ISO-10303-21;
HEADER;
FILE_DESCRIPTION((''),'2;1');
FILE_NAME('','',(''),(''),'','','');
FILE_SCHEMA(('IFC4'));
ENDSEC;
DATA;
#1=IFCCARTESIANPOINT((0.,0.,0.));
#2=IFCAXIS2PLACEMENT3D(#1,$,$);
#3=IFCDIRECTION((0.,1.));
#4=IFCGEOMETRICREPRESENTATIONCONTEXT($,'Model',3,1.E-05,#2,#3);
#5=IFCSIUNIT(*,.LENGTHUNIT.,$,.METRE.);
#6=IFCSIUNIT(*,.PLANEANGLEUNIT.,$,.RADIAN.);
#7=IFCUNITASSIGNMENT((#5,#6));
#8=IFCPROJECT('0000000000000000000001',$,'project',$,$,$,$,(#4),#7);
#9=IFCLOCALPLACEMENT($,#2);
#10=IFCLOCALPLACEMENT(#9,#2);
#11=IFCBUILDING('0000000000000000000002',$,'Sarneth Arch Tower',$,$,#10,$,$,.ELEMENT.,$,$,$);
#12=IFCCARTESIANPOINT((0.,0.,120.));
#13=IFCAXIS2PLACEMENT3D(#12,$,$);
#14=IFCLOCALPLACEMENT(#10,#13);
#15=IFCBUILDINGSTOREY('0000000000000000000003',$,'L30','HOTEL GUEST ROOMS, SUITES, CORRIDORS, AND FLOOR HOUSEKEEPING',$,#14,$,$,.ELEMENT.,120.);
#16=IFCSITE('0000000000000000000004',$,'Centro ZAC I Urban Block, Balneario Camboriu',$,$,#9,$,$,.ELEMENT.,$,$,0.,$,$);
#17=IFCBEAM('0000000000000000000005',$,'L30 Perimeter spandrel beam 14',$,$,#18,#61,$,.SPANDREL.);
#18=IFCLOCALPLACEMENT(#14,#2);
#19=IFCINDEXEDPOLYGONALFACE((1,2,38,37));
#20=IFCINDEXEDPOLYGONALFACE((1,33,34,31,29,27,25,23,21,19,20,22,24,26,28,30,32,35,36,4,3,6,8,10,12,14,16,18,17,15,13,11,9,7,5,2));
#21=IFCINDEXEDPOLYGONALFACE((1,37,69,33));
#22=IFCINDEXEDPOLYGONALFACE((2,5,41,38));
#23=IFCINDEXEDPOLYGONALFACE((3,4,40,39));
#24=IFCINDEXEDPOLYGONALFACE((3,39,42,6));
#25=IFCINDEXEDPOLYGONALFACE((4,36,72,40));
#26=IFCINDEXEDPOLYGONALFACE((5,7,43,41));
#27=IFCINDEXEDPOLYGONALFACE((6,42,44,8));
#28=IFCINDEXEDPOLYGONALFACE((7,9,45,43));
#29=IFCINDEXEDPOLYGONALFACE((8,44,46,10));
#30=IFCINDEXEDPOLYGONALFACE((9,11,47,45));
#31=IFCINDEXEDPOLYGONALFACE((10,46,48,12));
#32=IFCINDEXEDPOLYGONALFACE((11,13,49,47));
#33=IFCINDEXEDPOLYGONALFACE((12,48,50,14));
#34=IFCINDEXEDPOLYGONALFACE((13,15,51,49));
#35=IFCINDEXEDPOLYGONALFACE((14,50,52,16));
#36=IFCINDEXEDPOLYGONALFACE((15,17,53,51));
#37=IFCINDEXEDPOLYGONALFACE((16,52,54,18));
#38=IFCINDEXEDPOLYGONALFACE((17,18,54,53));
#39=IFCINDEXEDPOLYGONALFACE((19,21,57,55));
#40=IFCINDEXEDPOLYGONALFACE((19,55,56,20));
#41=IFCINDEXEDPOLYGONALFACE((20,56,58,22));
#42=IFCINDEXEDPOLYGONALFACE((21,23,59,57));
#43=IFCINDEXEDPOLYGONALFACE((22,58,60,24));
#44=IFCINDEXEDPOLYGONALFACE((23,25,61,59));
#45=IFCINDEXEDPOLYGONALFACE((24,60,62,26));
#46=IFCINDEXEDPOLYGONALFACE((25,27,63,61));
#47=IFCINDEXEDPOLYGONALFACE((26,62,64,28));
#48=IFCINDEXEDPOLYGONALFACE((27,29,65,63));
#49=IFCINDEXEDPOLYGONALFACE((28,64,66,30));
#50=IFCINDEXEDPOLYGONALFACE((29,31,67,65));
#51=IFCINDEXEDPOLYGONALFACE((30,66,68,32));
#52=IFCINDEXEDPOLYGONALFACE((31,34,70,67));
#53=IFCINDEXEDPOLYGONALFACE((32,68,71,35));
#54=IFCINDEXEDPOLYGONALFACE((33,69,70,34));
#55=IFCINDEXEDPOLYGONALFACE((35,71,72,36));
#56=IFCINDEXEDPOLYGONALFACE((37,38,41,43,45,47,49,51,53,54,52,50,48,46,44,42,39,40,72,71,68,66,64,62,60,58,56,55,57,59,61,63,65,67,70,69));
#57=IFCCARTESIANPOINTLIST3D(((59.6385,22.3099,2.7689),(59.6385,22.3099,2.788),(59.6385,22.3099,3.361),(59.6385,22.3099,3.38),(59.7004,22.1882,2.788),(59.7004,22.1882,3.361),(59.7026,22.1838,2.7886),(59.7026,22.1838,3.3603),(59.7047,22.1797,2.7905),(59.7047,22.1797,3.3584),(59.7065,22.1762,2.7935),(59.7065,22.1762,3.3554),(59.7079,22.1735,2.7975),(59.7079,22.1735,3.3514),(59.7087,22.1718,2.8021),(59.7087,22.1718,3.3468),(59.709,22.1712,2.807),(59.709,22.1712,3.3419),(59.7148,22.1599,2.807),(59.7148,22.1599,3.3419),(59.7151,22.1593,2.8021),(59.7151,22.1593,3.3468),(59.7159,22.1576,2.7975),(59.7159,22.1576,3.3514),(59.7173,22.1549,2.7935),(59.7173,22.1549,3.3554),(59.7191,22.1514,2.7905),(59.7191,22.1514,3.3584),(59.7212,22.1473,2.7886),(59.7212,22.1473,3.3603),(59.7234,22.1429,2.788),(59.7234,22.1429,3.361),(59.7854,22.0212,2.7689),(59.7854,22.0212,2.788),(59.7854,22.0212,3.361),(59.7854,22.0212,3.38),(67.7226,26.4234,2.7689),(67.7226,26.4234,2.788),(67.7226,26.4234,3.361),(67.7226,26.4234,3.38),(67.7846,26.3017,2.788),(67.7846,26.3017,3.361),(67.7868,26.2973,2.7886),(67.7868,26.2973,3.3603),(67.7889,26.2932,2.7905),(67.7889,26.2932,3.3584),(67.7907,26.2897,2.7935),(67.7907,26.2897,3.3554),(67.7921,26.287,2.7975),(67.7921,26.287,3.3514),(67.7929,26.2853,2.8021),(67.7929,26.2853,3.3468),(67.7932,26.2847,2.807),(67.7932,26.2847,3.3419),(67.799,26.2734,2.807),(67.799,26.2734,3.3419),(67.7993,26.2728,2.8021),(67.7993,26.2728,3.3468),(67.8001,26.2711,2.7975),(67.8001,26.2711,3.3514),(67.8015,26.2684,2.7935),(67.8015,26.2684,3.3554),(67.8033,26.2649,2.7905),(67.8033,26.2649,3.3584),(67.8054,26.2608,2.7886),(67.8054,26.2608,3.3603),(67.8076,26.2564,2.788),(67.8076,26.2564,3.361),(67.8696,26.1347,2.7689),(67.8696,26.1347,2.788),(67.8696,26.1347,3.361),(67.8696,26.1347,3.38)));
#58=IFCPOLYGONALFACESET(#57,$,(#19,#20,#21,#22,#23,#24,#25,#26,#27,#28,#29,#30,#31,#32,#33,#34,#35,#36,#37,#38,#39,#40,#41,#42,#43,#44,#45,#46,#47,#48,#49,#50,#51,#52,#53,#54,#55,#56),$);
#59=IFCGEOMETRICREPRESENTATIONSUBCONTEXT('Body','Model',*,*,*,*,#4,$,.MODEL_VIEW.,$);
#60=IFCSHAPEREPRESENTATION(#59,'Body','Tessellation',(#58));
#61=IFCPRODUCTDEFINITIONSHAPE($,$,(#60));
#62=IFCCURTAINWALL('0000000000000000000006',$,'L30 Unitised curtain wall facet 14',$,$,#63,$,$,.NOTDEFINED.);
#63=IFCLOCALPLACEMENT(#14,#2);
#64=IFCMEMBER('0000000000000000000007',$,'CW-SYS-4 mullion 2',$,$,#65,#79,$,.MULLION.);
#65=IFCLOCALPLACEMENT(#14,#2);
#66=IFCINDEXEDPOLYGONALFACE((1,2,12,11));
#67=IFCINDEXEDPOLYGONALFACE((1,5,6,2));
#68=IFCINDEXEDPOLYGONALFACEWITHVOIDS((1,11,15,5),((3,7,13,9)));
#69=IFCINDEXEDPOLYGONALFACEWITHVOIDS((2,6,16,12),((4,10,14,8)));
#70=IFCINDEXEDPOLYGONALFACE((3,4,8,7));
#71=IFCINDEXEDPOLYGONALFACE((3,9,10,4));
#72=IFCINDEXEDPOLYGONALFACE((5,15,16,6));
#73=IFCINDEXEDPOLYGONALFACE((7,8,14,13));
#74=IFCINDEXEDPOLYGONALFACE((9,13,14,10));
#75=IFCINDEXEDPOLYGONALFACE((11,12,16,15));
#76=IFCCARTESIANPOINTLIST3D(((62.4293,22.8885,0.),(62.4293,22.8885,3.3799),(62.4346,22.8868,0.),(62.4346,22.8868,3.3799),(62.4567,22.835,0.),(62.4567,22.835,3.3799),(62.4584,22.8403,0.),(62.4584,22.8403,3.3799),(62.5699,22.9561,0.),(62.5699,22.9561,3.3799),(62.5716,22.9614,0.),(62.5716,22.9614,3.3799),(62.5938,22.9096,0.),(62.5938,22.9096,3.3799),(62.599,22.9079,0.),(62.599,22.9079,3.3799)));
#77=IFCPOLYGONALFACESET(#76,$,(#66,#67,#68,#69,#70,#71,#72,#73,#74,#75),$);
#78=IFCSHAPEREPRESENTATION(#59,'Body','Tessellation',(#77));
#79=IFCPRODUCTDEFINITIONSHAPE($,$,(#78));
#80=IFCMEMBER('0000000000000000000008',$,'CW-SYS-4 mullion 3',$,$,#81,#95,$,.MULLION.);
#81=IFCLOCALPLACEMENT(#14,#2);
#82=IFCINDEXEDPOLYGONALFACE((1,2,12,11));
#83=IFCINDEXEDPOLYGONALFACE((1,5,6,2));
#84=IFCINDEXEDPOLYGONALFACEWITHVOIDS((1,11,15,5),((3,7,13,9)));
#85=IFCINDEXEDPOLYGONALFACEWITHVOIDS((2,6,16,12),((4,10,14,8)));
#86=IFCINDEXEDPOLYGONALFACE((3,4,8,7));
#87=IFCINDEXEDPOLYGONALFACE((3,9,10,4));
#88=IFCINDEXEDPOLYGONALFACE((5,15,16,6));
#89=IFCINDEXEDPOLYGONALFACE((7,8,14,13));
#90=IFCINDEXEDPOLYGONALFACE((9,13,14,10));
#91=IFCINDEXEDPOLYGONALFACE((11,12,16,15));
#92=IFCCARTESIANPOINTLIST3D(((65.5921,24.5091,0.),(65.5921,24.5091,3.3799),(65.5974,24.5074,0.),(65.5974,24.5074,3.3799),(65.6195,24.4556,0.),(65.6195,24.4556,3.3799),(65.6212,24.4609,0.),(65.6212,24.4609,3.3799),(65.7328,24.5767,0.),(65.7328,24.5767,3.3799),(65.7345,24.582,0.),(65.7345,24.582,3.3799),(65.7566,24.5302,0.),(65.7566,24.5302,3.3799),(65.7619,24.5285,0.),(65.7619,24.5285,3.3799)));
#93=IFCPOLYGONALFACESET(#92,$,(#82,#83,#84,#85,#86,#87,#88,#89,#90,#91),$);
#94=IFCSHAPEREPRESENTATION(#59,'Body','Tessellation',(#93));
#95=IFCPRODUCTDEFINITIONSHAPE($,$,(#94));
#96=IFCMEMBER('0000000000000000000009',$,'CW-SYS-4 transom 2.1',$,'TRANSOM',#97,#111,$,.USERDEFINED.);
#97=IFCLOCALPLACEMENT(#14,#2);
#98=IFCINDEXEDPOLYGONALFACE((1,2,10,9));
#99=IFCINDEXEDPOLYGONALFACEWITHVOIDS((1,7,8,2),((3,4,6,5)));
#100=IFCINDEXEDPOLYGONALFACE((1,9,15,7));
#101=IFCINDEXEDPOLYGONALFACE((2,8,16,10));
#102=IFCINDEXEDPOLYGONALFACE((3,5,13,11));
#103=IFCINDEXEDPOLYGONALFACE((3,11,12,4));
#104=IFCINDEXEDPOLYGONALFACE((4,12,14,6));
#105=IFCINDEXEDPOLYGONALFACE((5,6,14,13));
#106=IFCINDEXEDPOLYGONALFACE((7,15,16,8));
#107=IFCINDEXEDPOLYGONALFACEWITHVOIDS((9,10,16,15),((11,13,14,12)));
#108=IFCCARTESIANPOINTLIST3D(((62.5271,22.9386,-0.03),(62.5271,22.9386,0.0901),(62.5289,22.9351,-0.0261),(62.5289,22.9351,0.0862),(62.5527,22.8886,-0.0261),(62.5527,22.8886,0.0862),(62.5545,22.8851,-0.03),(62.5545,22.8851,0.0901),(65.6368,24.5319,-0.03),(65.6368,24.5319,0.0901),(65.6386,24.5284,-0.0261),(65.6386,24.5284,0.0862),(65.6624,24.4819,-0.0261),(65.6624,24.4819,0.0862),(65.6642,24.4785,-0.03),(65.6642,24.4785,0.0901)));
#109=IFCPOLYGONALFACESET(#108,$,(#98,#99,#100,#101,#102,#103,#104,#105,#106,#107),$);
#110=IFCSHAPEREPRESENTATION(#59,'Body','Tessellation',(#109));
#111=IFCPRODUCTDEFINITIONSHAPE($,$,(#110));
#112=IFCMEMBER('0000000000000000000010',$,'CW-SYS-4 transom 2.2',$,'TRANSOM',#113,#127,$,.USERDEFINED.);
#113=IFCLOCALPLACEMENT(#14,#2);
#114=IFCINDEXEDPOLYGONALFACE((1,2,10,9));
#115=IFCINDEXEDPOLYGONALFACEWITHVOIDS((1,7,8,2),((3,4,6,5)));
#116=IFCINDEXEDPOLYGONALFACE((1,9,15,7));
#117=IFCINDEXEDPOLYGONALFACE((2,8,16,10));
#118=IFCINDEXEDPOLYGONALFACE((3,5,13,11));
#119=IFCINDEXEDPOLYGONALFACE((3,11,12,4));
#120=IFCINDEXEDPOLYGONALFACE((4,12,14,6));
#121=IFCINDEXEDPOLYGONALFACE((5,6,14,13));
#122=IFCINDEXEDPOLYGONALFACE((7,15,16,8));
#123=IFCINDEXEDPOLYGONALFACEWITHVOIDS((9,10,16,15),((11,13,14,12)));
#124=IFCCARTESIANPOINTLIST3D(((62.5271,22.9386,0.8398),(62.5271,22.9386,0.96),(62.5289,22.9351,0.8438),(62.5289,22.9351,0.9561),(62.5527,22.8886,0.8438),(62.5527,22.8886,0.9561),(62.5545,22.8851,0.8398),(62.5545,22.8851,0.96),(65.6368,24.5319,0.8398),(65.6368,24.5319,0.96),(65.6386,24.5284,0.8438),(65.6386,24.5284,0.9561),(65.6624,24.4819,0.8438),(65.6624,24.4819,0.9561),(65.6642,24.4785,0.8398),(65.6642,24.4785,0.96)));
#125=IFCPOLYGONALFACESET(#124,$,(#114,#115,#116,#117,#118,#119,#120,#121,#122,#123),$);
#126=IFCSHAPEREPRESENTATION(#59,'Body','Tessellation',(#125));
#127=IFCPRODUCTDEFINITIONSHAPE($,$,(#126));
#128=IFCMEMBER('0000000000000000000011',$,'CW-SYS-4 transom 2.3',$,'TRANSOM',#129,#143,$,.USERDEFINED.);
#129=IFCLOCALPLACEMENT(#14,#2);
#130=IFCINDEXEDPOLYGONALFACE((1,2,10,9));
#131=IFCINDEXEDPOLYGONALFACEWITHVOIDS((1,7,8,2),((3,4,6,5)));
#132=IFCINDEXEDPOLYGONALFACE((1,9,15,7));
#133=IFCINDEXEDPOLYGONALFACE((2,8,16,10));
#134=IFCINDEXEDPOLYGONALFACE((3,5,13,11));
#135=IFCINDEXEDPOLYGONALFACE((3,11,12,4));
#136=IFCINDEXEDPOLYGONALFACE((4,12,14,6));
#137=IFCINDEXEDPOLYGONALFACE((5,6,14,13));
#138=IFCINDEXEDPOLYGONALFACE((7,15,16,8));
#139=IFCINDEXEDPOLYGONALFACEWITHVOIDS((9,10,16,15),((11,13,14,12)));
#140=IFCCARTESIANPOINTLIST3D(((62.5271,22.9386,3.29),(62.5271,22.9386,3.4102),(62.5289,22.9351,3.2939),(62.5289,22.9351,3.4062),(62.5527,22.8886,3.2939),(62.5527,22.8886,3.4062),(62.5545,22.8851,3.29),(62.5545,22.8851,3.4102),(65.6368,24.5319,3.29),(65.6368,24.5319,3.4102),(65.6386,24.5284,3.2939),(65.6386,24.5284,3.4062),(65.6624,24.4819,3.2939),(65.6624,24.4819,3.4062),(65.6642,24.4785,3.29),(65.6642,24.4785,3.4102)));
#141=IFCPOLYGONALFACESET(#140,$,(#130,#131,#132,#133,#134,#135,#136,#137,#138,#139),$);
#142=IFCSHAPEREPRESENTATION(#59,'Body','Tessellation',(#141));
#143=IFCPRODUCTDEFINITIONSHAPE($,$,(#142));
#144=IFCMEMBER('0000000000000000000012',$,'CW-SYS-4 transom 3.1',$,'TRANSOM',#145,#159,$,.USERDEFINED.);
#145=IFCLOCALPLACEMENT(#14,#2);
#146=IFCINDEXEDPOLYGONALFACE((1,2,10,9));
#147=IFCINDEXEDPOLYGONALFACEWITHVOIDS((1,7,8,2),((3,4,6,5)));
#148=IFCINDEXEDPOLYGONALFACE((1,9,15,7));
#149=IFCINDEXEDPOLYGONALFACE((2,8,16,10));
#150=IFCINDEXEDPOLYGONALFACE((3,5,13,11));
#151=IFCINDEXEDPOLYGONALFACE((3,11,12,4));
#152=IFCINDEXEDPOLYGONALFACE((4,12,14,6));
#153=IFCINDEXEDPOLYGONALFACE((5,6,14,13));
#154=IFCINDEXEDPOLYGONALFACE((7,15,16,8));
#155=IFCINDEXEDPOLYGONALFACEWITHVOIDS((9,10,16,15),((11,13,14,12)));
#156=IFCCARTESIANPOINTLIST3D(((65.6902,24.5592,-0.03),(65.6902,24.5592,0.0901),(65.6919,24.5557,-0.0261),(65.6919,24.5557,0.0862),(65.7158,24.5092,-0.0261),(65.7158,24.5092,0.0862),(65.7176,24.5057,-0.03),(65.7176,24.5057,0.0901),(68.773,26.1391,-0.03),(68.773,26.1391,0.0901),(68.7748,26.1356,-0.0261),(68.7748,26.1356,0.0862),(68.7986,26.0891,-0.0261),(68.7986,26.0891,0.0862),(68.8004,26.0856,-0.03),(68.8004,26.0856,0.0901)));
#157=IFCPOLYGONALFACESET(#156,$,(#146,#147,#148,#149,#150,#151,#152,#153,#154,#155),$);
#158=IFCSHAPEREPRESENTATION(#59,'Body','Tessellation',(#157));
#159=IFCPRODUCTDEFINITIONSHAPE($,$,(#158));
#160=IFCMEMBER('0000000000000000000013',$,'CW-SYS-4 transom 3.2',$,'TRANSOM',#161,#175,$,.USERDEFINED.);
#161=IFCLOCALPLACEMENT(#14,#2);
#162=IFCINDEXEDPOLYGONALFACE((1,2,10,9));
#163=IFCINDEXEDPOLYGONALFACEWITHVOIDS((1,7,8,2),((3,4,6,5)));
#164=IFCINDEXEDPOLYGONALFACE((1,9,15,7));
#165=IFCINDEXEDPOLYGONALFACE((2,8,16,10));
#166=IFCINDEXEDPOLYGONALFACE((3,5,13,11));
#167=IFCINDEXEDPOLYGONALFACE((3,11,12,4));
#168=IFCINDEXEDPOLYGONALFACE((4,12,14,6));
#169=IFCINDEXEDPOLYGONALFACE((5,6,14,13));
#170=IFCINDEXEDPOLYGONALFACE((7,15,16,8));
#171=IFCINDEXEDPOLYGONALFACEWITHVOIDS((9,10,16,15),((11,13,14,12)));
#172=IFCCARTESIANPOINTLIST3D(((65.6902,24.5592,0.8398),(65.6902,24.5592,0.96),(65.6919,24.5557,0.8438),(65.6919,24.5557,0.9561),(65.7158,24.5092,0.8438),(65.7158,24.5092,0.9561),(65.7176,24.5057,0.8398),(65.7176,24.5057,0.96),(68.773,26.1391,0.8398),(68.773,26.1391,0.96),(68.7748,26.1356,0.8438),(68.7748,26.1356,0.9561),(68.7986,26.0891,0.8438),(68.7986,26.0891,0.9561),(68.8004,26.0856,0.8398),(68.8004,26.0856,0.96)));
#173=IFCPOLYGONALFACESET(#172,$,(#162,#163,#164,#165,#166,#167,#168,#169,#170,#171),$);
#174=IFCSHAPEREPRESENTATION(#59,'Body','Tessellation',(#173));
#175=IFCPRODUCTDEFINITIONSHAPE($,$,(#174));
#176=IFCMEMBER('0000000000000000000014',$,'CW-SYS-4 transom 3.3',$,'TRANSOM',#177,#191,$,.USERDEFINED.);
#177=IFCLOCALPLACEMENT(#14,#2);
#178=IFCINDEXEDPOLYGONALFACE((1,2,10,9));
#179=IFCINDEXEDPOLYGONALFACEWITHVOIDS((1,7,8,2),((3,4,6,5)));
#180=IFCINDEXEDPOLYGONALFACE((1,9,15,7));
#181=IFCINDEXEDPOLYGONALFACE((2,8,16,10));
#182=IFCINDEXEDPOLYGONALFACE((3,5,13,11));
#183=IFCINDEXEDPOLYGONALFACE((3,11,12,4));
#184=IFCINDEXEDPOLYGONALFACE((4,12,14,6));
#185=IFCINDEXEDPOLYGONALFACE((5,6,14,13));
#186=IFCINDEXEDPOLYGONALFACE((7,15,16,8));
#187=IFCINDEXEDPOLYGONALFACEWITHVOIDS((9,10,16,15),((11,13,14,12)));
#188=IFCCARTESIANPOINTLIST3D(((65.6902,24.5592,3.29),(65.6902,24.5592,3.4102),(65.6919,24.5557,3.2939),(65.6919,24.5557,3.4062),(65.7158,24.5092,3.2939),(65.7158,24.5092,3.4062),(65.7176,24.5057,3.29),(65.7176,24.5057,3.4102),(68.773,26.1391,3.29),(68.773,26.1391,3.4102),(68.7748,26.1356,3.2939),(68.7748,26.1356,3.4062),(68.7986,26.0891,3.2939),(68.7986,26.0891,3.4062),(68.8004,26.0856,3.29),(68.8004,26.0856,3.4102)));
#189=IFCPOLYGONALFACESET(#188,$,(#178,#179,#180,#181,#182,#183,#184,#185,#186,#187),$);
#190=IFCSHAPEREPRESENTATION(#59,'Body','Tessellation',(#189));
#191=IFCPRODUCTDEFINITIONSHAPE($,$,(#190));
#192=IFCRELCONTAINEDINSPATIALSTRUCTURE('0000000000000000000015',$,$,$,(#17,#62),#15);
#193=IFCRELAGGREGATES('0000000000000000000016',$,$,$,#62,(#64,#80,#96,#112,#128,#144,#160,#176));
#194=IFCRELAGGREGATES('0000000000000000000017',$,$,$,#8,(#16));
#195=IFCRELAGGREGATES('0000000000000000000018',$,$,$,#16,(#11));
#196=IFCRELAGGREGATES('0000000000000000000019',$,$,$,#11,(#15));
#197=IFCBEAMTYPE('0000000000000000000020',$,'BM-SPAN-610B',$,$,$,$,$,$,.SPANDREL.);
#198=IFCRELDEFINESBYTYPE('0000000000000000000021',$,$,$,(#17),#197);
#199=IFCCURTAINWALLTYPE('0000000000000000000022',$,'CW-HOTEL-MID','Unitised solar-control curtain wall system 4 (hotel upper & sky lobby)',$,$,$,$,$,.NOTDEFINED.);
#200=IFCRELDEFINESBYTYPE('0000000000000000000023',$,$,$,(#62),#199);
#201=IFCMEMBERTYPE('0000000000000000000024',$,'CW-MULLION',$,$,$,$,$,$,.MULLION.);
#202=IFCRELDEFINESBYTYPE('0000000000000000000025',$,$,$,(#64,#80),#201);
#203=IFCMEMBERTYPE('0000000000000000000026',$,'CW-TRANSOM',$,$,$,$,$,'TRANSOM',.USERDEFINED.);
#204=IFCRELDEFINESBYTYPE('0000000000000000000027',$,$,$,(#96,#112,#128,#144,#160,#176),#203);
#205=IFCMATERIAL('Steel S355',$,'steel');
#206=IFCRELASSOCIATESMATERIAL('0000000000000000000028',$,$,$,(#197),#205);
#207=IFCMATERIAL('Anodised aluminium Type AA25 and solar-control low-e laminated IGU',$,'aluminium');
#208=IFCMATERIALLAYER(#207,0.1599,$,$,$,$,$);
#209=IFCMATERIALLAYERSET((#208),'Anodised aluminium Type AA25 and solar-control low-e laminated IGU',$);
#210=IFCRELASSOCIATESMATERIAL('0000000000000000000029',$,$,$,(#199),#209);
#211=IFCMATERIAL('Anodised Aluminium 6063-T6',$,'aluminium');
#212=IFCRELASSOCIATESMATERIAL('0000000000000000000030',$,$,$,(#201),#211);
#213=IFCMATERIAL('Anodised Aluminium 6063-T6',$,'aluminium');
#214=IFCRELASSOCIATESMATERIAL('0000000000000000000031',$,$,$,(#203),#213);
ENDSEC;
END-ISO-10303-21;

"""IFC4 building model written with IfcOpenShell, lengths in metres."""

from ifc_helpers import new_model, si_unit, direction, frame, origin, origin_2d, place, context, subcontext, project, spatial, hollow_rectangle, i_section, extrude, material, layer, layer_set, material_profile, profile_set, type_object, element, aggregate, save


model = new_model("IFC4")

# Units and contexts
model_context = context("Model", 3, precision=1e-05, world=origin(), true_north=direction((0.0, 1.0)))
body_context = subcontext(model_context, "Body", "Model", "MODEL_VIEW")
ifc_project = project(units=[si_unit("LENGTHUNIT", "METRE"), si_unit("PLANEANGLEUNIT", "RADIAN")], contexts=[model_context])

# Site, building, storey
site_placement = place(None, origin())
site = spatial("IfcSite", under=ifc_project, at=site_placement, Name="Centro ZAC I Urban Block, Balneario Camboriu", CompositionType="ELEMENT", RefElevation=0.0)
building_placement = place(site_placement, origin())
building = spatial("IfcBuilding", under=site, at=building_placement, Name="Sarneth Arch Tower", CompositionType="ELEMENT")
storey_placement = place(building_placement, frame((0.0, 0.0, 120.0)))
storey = spatial("IfcBuildingStorey", under=building, at=storey_placement, Name="L30", Description="HOTEL GUEST ROOMS, SUITES, CORRIDORS, AND FLOOR HOUSEKEEPING", CompositionType="ELEMENT", Elevation=120.0)

# Beam
ifc_material_1 = material(Name="Steel S355", Category="steel")
ifc_material_profile_1 = material_profile(ifc_material_1, i_section(OverallWidth=0.324, OverallDepth=0.6111, WebThickness=0.0127, FlangeThickness=0.019, FilletRadius=0.019, at=origin_2d()), Name="W610x155")
ifc_profile_set_1 = profile_set([ifc_material_profile_1], Name="Steel S355")
beam_type = type_object("IfcBeamType", Name="BM-SPAN-610B", PredefinedType="SPANDREL", material=ifc_profile_set_1)
beam_placement = place(storey_placement, frame((59.7119, 22.1655, 3.0745), z_axis=(0.891256, 0.453501, 0.0), x_axis=(-0.453501, 0.891256, 0.0)))
element("IfcBeam", 1, at=beam_placement, inside=storey, type_object=beam_type, Name="L30 Perimeter spandrel beam 14", PredefinedType="SPANDREL", context=body_context, shape_type="SweptSolid", body=[
    extrude(i_section(OverallWidth=0.324, OverallDepth=0.6111, WebThickness=0.0127, FlangeThickness=0.019, FilletRadius=0.019, at=origin_2d()), origin(), (0.0, 0.0, 1.0), 9.0706),
])

# Curtain wall, members
ifc_material_2 = material(Name="Anodised aluminium Type AA25 and solar-control low-e laminated IGU", Category="aluminium")
ifc_layer_1 = layer(ifc_material_2, 0.1599)
ifc_layer_set_1 = layer_set([ifc_layer_1], Name="Anodised aluminium Type AA25 and solar-control low-e laminated IGU")
curtain_wall_type = type_object("IfcCurtainWallType", Name="CW-HOTEL-MID", Description="Unitised solar-control curtain wall system 4 (hotel upper & sky lobby)", PredefinedType="NOTDEFINED", material=ifc_layer_set_1)
curtain_wall_placement = place(storey_placement, origin())
curtain_wall = element("IfcCurtainWall", 2, at=curtain_wall_placement, inside=storey, type_object=curtain_wall_type, Name="L30 Unitised curtain wall facet 14", PredefinedType="NOTDEFINED")
ifc_material_3 = material(Name="Anodised Aluminium 6063-T6", Category="aluminium")
ifc_material_profile_2 = material_profile(ifc_material_3, hollow_rectangle(XDim=0.0601, YDim=0.1599, WallThickness=0.0039, at=origin_2d()), Name="AL-MULL-160x60x4")
ifc_profile_set_2 = profile_set([ifc_material_profile_2], Name="Anodised Aluminium 6063-T6")
member_type_1 = type_object("IfcMemberType", Name="CW-MULLION", PredefinedType="MULLION", material=ifc_profile_set_2)
member_1_placement = place(storey_placement, frame((62.5142, 22.8982, 0.0), z_axis=(0.0, 0.0, 1.0), x_axis=(-0.456031, 0.889964, 0.0)))
member_1 = element("IfcMember", 3, at=member_1_placement, type_object=member_type_1, Name="CW-SYS-4 mullion 2", PredefinedType="MULLION", context=body_context, shape_type="SweptSolid", body=[
    extrude(hollow_rectangle(XDim=0.0601, YDim=0.1599, WallThickness=0.0039, at=origin_2d()), origin(), (0.0, 0.0, 1.0), 3.3799),
])
member_2_placement = place(storey_placement, frame((65.677, 24.5188, 0.0), z_axis=(0.0, 0.0, 1.0), x_axis=(-0.456031, 0.889964, 0.0)))
member_2 = element("IfcMember", 4, at=member_2_placement, type_object=member_type_1, Name="CW-SYS-4 mullion 3", PredefinedType="MULLION", context=body_context, shape_type="SweptSolid", body=[
    extrude(hollow_rectangle(XDim=0.0601, YDim=0.1599, WallThickness=0.0039, at=origin_2d()), origin(), (0.0, 0.0, 1.0), 3.3799),
])
ifc_material_4 = material(Name="Anodised Aluminium 6063-T6", Category="aluminium")
ifc_material_profile_3 = material_profile(ifc_material_4, hollow_rectangle(XDim=0.0601, YDim=0.1201, WallThickness=0.0039, at=origin_2d()), Name="AL-TRAN-120x60x4")
ifc_profile_set_3 = profile_set([ifc_material_profile_3], Name="Anodised Aluminium 6063-T6")
member_type_2 = type_object("IfcMemberType", Name="CW-TRANSOM", ElementType="TRANSOM", PredefinedType="USERDEFINED", material=ifc_profile_set_3)
member_3_placement = place(storey_placement, frame((62.5408, 22.9119, 0.03), z_axis=(0.889982, 0.455996, 0.0), x_axis=(-0.455996, 0.889982, 0.0)))
member_3 = element("IfcMember", 5, at=member_3_placement, type_object=member_type_2, Name="CW-SYS-4 transom 2.1", ObjectType="TRANSOM", PredefinedType="USERDEFINED", context=body_context, shape_type="SweptSolid", body=[
    extrude(hollow_rectangle(XDim=0.0601, YDim=0.1201, WallThickness=0.0039, at=origin_2d()), origin(), (0.0, 0.0, 1.0), 3.4941),
])
member_4_placement = place(storey_placement, frame((62.5408, 22.9119, 0.8999), z_axis=(0.889982, 0.455996, 0.0), x_axis=(-0.455996, 0.889982, 0.0)))
member_4 = element("IfcMember", 6, at=member_4_placement, type_object=member_type_2, Name="CW-SYS-4 transom 2.2", ObjectType="TRANSOM", PredefinedType="USERDEFINED", context=body_context, shape_type="SweptSolid", body=[
    extrude(hollow_rectangle(XDim=0.0601, YDim=0.1201, WallThickness=0.0039, at=origin_2d()), origin(), (0.0, 0.0, 1.0), 3.4941),
])
member_5_placement = place(storey_placement, frame((62.5408, 22.9119, 3.3501), z_axis=(0.889982, 0.455996, 0.0), x_axis=(-0.455996, 0.889982, 0.0)))
member_5 = element("IfcMember", 7, at=member_5_placement, type_object=member_type_2, Name="CW-SYS-4 transom 2.3", ObjectType="TRANSOM", PredefinedType="USERDEFINED", context=body_context, shape_type="SweptSolid", body=[
    extrude(hollow_rectangle(XDim=0.0601, YDim=0.1201, WallThickness=0.0039, at=origin_2d()), origin(), (0.0, 0.0, 1.0), 3.4941),
])
member_6_placement = place(storey_placement, frame((65.7039, 24.5325, 0.03), z_axis=(0.889943, 0.456072, 0.0), x_axis=(-0.456072, 0.889943, 0.0)))
member_6 = element("IfcMember", 8, at=member_6_placement, type_object=member_type_2, Name="CW-SYS-4 transom 3.1", ObjectType="TRANSOM", PredefinedType="USERDEFINED", context=body_context, shape_type="SweptSolid", body=[
    extrude(hollow_rectangle(XDim=0.0601, YDim=0.1201, WallThickness=0.0039, at=origin_2d()), origin(), (0.0, 0.0, 1.0), 3.4641),
])
member_7_placement = place(storey_placement, frame((65.7039, 24.5325, 0.8999), z_axis=(0.889943, 0.456072, 0.0), x_axis=(-0.456072, 0.889943, 0.0)))
member_7 = element("IfcMember", 9, at=member_7_placement, type_object=member_type_2, Name="CW-SYS-4 transom 3.2", ObjectType="TRANSOM", PredefinedType="USERDEFINED", context=body_context, shape_type="SweptSolid", body=[
    extrude(hollow_rectangle(XDim=0.0601, YDim=0.1201, WallThickness=0.0039, at=origin_2d()), origin(), (0.0, 0.0, 1.0), 3.4641),
])
member_8_placement = place(storey_placement, frame((65.7039, 24.5325, 3.3501), z_axis=(0.889943, 0.456072, 0.0), x_axis=(-0.456072, 0.889943, 0.0)))
member_8 = element("IfcMember", 10, at=member_8_placement, type_object=member_type_2, Name="CW-SYS-4 transom 3.3", ObjectType="TRANSOM", PredefinedType="USERDEFINED", context=body_context, shape_type="SweptSolid", body=[
    extrude(hollow_rectangle(XDim=0.0601, YDim=0.1201, WallThickness=0.0039, at=origin_2d()), origin(), (0.0, 0.0, 1.0), 3.4641),
])
aggregate(curtain_wall, [member_1, member_2, member_3, member_4, member_5, member_6, member_7, member_8])

save(model, "model.ifc")
